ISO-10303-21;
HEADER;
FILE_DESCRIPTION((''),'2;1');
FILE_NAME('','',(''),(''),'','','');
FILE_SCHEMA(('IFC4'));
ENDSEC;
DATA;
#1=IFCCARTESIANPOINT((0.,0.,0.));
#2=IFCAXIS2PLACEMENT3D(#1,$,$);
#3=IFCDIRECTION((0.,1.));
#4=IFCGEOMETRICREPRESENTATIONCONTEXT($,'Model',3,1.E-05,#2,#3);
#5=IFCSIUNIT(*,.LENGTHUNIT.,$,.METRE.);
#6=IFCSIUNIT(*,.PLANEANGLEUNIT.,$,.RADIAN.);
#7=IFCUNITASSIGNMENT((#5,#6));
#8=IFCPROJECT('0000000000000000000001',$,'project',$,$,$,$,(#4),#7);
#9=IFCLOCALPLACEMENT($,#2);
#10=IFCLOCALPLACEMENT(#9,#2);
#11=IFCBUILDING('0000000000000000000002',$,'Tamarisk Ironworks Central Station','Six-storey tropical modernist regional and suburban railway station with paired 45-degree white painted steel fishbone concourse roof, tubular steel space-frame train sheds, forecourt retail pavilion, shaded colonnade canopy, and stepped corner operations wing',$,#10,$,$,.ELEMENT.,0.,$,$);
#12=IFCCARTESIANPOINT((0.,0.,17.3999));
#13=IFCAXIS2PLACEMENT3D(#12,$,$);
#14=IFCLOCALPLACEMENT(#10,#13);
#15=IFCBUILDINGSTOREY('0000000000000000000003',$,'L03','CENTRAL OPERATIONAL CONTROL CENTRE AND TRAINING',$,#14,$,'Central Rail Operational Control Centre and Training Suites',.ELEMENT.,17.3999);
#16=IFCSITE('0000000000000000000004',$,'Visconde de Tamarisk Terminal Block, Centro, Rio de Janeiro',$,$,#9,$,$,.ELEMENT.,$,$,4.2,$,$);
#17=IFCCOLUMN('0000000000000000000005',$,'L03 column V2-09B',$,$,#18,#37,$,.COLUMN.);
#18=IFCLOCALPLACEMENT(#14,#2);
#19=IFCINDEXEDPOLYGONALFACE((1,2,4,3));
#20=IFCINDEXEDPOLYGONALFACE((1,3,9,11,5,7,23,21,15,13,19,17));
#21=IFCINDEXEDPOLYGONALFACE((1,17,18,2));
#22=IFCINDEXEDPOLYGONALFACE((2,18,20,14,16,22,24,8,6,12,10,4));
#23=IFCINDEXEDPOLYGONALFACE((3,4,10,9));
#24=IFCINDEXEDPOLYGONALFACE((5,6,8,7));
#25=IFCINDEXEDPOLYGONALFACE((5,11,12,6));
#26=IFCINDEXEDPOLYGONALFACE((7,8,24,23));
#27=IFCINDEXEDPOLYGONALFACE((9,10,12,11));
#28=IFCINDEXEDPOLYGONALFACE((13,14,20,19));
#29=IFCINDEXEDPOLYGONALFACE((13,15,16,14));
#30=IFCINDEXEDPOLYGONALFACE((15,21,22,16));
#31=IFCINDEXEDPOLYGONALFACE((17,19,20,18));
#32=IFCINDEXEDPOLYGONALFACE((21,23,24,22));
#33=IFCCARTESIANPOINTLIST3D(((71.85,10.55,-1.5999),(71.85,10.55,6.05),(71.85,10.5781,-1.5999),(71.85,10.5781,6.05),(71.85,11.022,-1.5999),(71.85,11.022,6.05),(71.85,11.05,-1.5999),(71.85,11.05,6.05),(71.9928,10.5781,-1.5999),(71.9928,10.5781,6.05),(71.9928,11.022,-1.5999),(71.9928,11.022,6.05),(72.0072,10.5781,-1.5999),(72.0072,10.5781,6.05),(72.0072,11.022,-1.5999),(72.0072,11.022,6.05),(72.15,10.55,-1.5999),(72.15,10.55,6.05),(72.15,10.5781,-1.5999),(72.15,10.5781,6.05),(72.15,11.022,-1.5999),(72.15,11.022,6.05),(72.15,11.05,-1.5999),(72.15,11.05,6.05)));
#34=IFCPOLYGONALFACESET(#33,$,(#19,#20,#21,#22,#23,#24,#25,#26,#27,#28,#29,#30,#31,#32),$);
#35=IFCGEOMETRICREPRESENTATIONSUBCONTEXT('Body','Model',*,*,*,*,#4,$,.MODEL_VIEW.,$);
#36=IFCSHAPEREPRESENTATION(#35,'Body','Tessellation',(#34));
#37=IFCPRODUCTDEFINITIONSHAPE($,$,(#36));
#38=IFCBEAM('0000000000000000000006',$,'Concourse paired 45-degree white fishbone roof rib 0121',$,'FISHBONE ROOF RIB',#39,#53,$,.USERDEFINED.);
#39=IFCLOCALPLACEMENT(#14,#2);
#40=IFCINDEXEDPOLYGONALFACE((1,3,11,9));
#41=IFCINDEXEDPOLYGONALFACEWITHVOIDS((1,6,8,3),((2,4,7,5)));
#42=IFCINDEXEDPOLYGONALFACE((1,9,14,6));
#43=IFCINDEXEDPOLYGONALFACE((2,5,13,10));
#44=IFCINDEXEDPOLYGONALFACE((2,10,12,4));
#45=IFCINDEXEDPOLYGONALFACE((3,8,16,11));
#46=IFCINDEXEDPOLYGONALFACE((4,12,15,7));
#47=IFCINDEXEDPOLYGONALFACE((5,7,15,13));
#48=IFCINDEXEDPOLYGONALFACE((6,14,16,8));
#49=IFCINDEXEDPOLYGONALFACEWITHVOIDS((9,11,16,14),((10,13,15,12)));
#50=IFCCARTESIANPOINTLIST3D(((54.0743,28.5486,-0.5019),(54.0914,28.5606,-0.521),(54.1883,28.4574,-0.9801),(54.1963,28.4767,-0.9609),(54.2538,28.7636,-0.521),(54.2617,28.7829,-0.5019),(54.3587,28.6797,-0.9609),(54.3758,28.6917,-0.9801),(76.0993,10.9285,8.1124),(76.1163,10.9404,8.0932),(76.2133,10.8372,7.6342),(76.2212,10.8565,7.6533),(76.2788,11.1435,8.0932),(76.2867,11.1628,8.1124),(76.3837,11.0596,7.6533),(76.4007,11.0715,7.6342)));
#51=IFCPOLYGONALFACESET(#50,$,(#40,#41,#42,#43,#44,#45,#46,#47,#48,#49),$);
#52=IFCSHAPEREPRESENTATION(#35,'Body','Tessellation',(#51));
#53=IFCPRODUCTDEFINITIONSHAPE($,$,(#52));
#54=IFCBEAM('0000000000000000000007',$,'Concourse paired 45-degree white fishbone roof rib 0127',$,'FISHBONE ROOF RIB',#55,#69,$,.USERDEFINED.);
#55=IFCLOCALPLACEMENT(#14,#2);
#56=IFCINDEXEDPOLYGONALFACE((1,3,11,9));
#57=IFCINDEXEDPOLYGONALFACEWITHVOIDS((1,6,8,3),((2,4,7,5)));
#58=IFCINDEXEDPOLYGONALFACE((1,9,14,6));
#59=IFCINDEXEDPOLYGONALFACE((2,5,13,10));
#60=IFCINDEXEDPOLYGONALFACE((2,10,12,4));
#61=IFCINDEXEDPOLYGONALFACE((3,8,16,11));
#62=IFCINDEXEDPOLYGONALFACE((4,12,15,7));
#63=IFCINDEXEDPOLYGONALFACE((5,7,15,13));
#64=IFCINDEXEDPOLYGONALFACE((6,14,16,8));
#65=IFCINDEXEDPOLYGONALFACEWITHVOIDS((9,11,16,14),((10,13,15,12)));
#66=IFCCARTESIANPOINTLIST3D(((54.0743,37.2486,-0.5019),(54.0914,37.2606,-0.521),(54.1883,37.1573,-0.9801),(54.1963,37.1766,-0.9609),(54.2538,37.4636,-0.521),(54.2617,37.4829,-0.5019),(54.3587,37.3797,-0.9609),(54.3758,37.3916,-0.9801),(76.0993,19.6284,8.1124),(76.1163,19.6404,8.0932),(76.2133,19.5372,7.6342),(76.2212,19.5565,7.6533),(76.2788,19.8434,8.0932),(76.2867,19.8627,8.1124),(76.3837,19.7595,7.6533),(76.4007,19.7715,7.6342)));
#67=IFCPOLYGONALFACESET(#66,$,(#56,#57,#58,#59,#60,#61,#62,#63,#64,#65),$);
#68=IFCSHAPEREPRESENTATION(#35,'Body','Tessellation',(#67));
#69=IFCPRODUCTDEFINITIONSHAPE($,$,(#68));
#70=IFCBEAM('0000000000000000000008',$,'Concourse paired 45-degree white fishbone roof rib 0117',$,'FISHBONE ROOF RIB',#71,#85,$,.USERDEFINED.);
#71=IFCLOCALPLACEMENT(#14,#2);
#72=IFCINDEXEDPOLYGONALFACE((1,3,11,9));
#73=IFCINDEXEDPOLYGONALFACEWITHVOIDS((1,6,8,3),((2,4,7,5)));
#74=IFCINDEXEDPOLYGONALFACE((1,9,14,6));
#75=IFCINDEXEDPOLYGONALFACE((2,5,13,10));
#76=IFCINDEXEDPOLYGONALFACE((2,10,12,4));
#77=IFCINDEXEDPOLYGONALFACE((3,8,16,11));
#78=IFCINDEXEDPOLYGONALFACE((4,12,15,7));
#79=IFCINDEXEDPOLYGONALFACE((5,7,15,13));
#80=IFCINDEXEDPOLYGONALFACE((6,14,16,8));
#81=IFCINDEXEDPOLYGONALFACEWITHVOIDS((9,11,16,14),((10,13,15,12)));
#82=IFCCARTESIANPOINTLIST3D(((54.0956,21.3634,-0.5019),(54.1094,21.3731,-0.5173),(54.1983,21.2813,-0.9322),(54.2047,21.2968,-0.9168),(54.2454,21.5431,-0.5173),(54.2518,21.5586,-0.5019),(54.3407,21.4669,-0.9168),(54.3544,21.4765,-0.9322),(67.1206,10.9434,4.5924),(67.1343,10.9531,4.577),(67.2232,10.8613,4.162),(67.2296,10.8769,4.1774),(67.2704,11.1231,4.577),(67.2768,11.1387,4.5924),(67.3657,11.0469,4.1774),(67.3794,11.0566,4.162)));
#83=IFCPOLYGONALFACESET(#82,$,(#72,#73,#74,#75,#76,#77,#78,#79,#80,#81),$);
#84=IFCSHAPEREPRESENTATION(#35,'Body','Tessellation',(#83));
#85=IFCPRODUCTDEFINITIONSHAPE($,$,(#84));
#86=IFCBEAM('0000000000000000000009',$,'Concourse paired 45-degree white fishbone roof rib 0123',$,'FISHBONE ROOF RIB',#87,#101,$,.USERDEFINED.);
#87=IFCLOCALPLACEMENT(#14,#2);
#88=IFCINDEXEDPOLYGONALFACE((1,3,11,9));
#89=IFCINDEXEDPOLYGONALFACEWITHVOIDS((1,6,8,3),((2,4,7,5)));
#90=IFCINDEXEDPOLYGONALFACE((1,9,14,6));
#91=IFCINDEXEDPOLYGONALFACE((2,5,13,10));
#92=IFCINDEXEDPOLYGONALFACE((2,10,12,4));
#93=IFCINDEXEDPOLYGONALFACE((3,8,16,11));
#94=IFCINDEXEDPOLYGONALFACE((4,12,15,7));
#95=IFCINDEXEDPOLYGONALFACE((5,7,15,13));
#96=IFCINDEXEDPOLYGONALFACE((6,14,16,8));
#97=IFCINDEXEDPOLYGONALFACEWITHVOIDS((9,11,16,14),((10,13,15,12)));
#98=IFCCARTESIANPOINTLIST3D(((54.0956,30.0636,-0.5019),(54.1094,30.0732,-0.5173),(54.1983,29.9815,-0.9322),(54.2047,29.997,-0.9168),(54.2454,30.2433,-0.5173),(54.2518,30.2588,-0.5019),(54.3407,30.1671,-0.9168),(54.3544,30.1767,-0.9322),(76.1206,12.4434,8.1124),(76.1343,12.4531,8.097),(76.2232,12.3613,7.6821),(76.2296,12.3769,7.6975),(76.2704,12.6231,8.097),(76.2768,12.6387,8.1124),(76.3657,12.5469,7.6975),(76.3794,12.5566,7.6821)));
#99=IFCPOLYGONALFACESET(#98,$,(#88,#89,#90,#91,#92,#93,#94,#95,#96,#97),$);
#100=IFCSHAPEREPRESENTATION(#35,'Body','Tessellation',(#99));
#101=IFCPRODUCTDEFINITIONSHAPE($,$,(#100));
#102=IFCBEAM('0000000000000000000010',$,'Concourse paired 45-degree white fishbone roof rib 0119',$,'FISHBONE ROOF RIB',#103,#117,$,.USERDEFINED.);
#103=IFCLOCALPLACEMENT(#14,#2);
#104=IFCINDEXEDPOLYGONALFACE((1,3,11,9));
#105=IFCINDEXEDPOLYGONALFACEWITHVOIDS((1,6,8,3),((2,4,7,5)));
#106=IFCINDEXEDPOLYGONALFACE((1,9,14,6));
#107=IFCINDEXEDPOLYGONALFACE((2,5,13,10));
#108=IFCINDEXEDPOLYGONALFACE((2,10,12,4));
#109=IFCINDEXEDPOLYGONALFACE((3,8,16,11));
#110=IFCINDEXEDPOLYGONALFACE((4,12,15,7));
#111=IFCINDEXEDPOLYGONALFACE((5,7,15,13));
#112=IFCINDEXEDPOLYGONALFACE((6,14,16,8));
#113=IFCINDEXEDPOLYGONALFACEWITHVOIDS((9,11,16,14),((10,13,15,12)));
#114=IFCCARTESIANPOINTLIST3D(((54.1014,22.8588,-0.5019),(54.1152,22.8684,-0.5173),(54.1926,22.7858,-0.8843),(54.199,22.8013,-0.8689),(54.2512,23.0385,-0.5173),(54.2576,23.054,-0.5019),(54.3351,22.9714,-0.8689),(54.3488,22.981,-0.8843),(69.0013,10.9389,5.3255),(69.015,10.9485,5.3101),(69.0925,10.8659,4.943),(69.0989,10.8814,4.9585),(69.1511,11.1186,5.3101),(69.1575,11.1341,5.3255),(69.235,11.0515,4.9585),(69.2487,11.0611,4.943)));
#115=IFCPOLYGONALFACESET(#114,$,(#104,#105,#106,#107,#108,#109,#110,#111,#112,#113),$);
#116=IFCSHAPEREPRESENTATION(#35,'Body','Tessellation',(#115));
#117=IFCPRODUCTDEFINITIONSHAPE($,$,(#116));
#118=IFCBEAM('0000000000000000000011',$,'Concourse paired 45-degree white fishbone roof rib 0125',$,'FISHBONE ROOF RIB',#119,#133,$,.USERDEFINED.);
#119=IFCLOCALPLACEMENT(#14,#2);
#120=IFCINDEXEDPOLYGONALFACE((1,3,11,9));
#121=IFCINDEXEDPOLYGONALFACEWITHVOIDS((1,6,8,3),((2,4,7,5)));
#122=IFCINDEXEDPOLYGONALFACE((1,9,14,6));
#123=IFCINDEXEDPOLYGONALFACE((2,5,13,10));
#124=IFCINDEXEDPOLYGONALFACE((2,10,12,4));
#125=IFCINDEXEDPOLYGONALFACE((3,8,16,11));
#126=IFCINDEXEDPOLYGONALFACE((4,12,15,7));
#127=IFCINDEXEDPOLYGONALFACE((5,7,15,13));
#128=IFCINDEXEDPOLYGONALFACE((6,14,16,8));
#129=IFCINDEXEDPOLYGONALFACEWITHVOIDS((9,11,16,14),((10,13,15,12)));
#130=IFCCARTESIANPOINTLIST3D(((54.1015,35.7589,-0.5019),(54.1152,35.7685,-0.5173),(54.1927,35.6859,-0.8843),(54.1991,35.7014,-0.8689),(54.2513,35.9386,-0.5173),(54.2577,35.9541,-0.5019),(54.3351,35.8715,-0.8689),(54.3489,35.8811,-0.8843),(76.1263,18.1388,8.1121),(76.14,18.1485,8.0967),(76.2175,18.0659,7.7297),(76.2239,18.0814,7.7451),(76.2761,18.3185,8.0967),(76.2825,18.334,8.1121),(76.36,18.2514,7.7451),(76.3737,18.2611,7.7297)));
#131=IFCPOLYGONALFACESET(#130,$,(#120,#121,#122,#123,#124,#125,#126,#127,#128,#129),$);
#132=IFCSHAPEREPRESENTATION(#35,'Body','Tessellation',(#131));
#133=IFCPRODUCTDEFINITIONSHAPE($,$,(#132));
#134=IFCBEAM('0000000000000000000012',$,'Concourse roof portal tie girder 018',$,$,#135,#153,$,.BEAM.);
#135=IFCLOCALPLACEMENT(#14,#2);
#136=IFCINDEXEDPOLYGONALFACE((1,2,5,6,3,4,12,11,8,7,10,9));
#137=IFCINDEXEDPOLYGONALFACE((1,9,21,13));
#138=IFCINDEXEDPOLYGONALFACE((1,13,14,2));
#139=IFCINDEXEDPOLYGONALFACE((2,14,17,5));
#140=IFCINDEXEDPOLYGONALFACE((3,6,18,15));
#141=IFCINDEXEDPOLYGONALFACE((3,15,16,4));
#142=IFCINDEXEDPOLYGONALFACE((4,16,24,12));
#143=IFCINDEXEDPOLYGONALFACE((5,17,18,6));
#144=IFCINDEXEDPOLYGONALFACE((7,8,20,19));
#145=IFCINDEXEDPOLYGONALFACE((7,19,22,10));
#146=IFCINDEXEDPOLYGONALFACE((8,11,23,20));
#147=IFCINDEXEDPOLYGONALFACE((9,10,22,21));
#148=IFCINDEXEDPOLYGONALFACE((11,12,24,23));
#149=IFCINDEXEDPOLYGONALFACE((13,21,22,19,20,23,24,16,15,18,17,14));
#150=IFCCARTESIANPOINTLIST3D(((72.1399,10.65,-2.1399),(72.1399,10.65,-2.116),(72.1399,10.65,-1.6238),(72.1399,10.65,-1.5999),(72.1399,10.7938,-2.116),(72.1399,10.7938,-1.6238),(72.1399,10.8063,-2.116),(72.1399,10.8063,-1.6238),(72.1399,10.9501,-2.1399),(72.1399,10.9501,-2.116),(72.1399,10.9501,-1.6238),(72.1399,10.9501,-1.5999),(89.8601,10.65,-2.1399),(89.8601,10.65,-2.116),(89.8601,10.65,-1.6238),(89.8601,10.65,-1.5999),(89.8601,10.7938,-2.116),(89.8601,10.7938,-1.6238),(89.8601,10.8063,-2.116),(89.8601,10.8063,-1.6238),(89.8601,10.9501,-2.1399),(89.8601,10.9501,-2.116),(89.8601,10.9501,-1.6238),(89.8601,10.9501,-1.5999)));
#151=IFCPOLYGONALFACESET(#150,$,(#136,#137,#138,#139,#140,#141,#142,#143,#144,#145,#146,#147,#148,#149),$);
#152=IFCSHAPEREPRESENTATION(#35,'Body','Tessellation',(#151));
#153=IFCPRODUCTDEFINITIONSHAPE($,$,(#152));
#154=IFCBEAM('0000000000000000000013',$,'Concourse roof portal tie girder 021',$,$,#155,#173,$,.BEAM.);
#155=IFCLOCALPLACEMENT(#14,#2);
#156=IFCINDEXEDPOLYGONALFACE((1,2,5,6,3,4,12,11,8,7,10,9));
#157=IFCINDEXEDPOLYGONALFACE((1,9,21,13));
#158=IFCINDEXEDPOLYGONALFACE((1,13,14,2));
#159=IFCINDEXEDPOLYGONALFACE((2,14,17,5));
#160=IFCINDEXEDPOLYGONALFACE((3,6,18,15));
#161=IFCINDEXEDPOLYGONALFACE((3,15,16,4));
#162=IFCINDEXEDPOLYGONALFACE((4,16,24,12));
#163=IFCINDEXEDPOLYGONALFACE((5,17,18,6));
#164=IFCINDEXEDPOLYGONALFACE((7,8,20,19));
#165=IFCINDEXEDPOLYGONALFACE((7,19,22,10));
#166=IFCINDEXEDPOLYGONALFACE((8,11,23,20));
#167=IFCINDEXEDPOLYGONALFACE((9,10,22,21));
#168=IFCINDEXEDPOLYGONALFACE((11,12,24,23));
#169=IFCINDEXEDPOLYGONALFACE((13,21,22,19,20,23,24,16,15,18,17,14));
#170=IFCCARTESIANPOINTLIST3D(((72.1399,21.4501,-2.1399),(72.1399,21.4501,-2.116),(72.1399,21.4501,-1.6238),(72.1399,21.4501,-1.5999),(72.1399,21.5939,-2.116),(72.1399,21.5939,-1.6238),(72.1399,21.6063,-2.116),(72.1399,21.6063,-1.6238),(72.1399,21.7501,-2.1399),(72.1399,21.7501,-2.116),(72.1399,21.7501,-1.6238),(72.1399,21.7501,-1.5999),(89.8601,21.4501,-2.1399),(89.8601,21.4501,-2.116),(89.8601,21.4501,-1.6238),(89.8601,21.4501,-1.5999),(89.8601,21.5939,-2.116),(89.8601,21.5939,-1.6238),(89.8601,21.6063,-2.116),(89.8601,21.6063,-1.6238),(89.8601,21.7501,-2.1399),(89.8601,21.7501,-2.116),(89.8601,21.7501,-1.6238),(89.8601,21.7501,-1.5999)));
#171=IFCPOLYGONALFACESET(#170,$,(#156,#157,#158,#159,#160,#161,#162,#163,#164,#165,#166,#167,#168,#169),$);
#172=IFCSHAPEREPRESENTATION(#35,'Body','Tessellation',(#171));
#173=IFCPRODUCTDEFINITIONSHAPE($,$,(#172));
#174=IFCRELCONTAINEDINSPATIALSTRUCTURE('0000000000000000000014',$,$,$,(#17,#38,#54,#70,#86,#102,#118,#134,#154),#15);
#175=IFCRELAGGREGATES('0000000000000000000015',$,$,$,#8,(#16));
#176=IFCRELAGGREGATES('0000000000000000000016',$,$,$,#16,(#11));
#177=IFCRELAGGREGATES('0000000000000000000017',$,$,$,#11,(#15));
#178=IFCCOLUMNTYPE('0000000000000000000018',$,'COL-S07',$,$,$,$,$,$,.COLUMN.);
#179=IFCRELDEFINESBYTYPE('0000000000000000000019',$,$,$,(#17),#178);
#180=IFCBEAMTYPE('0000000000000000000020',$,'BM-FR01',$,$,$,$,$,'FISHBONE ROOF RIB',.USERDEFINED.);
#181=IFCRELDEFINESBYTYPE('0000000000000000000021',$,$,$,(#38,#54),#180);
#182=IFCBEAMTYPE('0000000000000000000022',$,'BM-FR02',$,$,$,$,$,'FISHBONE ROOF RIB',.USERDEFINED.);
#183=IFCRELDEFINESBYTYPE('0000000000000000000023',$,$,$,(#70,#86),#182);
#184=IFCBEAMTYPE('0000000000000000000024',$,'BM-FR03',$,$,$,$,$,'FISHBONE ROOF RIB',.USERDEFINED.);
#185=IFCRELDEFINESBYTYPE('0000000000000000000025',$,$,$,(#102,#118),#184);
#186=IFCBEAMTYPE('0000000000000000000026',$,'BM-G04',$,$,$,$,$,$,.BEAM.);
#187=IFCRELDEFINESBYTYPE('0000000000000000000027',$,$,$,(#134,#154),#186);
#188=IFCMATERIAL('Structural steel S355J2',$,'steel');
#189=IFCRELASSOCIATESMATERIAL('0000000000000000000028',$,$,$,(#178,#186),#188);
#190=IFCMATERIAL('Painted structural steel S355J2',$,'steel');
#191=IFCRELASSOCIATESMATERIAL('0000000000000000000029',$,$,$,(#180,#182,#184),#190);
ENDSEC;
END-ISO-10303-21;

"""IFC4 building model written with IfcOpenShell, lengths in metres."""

from ifc_helpers import new_model, si_unit, direction, frame, origin, origin_2d, place, context, subcontext, project, spatial, hollow_rectangle, i_section, extrude, material, material_profile, profile_set, type_object, element, save


model = new_model("IFC4")

# Units and contexts
model_context = context("Model", 3, precision=1e-05, world=origin(), true_north=direction((0.0, 1.0)))
body_context = subcontext(model_context, "Body", "Model", "MODEL_VIEW")
ifc_project = project(units=[si_unit("LENGTHUNIT", "METRE"), si_unit("PLANEANGLEUNIT", "RADIAN")], contexts=[model_context])

# Site, building, storey
site_placement = place(None, origin())
site = spatial("IfcSite", under=ifc_project, at=site_placement, Name="Visconde de Tamarisk Terminal Block, Centro, Rio de Janeiro", CompositionType="ELEMENT", RefElevation=4.2)
building_placement = place(site_placement, origin())
building = spatial("IfcBuilding", under=site, at=building_placement, Name="Tamarisk Ironworks Central Station", Description="Six-storey tropical modernist regional and suburban railway station with paired 45-degree white painted steel fishbone concourse roof, tubular steel space-frame train sheds, forecourt retail pavilion, shaded colonnade canopy, and stepped corner operations wing", CompositionType="ELEMENT", ElevationOfRefHeight=0.0)
storey_placement = place(building_placement, frame((0.0, 0.0, 17.3999)))
storey = spatial("IfcBuildingStorey", under=building, at=storey_placement, Name="L03", Description="CENTRAL OPERATIONAL CONTROL CENTRE AND TRAINING", LongName="Central Rail Operational Control Centre and Training Suites", CompositionType="ELEMENT", Elevation=17.3999)

# Column
ifc_material_1 = material(Name="Structural steel S355J2", Category="steel")
ifc_material_profile_1 = material_profile(ifc_material_1, i_section(OverallWidth=0.3, OverallDepth=0.5, WebThickness=0.0144, FlangeThickness=0.0281, at=origin_2d()), Name="HEB 500")
ifc_profile_set_1 = profile_set([ifc_material_profile_1], Name="Structural steel S355J2")
column_type = type_object("IfcColumnType", Name="COL-S07", PredefinedType="COLUMN", material=ifc_profile_set_1)
column_placement = place(storey_placement, frame((72.0, 10.8, -1.5999), z_axis=(0.0, 0.0, 1.0), x_axis=(1.0, 0.0, 0.0)))
element("IfcColumn", 1, at=column_placement, inside=storey, type_object=column_type, Name="L03 column V2-09B", PredefinedType="COLUMN", context=body_context, shape_type="SweptSolid", body=[
    extrude(i_section(OverallWidth=0.3, OverallDepth=0.5, WebThickness=0.0144, FlangeThickness=0.0281, at=origin_2d()), origin(), (0.0, 0.0, 1.0), 7.6499),
])

# Beams
ifc_material_2 = material(Name="Painted structural steel S355J2", Category="steel")
ifc_material_profile_2 = material_profile(ifc_material_2, hollow_rectangle(XDim=0.3, YDim=0.5, WallThickness=0.02, at=origin_2d()), Name="RHS 500x300x20")
ifc_profile_set_2 = profile_set([ifc_material_profile_2], Name="Painted structural steel S355J2")
beam_type_1 = type_object("IfcBeamType", Name="BM-FR01", ElementType="FISHBONE ROOF RIB", PredefinedType="USERDEFINED", material=ifc_profile_set_2)
for number, where, z_axis, x_axis, name in (
    (2, (76.25, 11.0, 7.8733), (-0.746813, 0.597457, -0.292089), (-0.624699, -0.780865, 0.0), "Concourse paired 45-degree white fishbone roof rib 0121"),
    (3, (76.25, 19.7, 7.8733), (-0.746813, 0.597457, -0.292089), (-0.624699, -0.780865, 0.0), "Concourse paired 45-degree white fishbone roof rib 0127"),
):
    element("IfcBeam", number, at=place(storey_placement, frame(where, z_axis=z_axis, x_axis=x_axis)), inside=storey, type_object=beam_type_1, Name=name, ObjectType="FISHBONE ROOF RIB", PredefinedType="USERDEFINED", context=body_context, shape_type="SweptSolid", body=[
        extrude(hollow_rectangle(XDim=0.3, YDim=0.5, WallThickness=0.02, at=origin_2d()), origin(), (0.0, 0.0, 1.0), 29.4919),
    ])
ifc_material_profile_3 = material_profile(ifc_material_2, hollow_rectangle(XDim=0.25, YDim=0.45, WallThickness=0.0161, at=origin_2d()), Name="RHS 450x250x16")
ifc_profile_set_3 = profile_set([ifc_material_profile_3], Name="Painted structural steel S355J2")
beam_type_2 = type_object("IfcBeamType", Name="BM-FR02", ElementType="FISHBONE ROOF RIB", PredefinedType="USERDEFINED", material=ifc_profile_set_3)
beam_1_placement = place(storey_placement, frame((67.25, 11.0, 4.3772), z_axis=(-0.746816, 0.597452, -0.292091), x_axis=(-0.624695, -0.780869, 0.0)))
element("IfcBeam", 4, at=beam_1_placement, inside=storey, type_object=beam_type_2, Name="Concourse paired 45-degree white fishbone roof rib 0117", ObjectType="FISHBONE ROOF RIB", PredefinedType="USERDEFINED", context=body_context, shape_type="SweptSolid", body=[
    extrude(hollow_rectangle(XDim=0.25, YDim=0.45, WallThickness=0.0161, at=origin_2d()), origin(), (0.0, 0.0, 1.0), 17.4407),
])
beam_2_placement = place(storey_placement, frame((76.25, 12.5, 7.8972), z_axis=(-0.746813, 0.597457, -0.292089), x_axis=(-0.624699, -0.780865, 0.0)))
element("IfcBeam", 5, at=beam_2_placement, inside=storey, type_object=beam_type_2, Name="Concourse paired 45-degree white fishbone roof rib 0123", ObjectType="FISHBONE ROOF RIB", PredefinedType="USERDEFINED", context=body_context, shape_type="SweptSolid", body=[
    extrude(hollow_rectangle(XDim=0.25, YDim=0.45, WallThickness=0.0161, at=origin_2d()), origin(), (0.0, 0.0, 1.0), 29.4919),
])
ifc_material_profile_4 = material_profile(ifc_material_2, hollow_rectangle(XDim=0.25, YDim=0.3999, WallThickness=0.0161, at=origin_2d()), Name="RHS 400x250x16")
ifc_profile_set_4 = profile_set([ifc_material_profile_4], Name="Painted structural steel S355J2")
beam_type_3 = type_object("IfcBeamType", Name="BM-FR03", ElementType="FISHBONE ROOF RIB", PredefinedType="USERDEFINED", material=ifc_profile_set_4)
beam_3_placement = place(storey_placement, frame((69.125, 11.0, 5.1343), z_axis=(-0.746818, 0.597454, -0.292082), x_axis=(-0.624695, -0.780869, 0.0)))
element("IfcBeam", 6, at=beam_3_placement, inside=storey, type_object=beam_type_3, Name="Concourse paired 45-degree white fishbone roof rib 0119", ObjectType="FISHBONE ROOF RIB", PredefinedType="USERDEFINED", context=body_context, shape_type="SweptSolid", body=[
    extrude(hollow_rectangle(XDim=0.25, YDim=0.3999, WallThickness=0.0161, at=origin_2d()), origin(), (0.0, 0.0, 1.0), 19.9512),
])
beam_4_placement = place(storey_placement, frame((76.25, 18.2, 7.9209), z_axis=(-0.746815, 0.597458, -0.292082), x_axis=(-0.624699, -0.780865, 0.0)))
element("IfcBeam", 7, at=beam_4_placement, inside=storey, type_object=beam_type_3, Name="Concourse paired 45-degree white fishbone roof rib 0125", ObjectType="FISHBONE ROOF RIB", PredefinedType="USERDEFINED", context=body_context, shape_type="SweptSolid", body=[
    extrude(hollow_rectangle(XDim=0.25, YDim=0.3999, WallThickness=0.0161, at=origin_2d()), origin(), (0.0, 0.0, 1.0), 29.4917),
])
ifc_material_profile_5 = material_profile(ifc_material_1, i_section(OverallWidth=0.3, OverallDepth=0.54, WebThickness=0.0125, FlangeThickness=0.0239, at=origin_2d()), Name="HEA 550")
ifc_profile_set_5 = profile_set([ifc_material_profile_5], Name="Structural steel S355J2")
beam_type_4 = type_object("IfcBeamType", Name="BM-G04", PredefinedType="BEAM", material=ifc_profile_set_5)
for number, where, z_axis, x_axis, name in (
    (8, (72.1399, 10.8, -1.8699), (1.0, 0.0, 0.0), (0.0, 1.0, 0.0), "Concourse roof portal tie girder 018"),
    (9, (72.1399, 21.6001, -1.8699), (1.0, 0.0, 0.0), (0.0, 1.0, 0.0), "Concourse roof portal tie girder 021"),
):
    element("IfcBeam", number, at=place(storey_placement, frame(where, z_axis=z_axis, x_axis=x_axis)), inside=storey, type_object=beam_type_4, Name=name, PredefinedType="BEAM", context=body_context, shape_type="SweptSolid", body=[
        extrude(i_section(OverallWidth=0.3, OverallDepth=0.54, WebThickness=0.0125, FlangeThickness=0.0239, at=origin_2d()), origin(), (0.0, 0.0, 1.0), 17.7202),
    ])

save(model, "model.ifc")
